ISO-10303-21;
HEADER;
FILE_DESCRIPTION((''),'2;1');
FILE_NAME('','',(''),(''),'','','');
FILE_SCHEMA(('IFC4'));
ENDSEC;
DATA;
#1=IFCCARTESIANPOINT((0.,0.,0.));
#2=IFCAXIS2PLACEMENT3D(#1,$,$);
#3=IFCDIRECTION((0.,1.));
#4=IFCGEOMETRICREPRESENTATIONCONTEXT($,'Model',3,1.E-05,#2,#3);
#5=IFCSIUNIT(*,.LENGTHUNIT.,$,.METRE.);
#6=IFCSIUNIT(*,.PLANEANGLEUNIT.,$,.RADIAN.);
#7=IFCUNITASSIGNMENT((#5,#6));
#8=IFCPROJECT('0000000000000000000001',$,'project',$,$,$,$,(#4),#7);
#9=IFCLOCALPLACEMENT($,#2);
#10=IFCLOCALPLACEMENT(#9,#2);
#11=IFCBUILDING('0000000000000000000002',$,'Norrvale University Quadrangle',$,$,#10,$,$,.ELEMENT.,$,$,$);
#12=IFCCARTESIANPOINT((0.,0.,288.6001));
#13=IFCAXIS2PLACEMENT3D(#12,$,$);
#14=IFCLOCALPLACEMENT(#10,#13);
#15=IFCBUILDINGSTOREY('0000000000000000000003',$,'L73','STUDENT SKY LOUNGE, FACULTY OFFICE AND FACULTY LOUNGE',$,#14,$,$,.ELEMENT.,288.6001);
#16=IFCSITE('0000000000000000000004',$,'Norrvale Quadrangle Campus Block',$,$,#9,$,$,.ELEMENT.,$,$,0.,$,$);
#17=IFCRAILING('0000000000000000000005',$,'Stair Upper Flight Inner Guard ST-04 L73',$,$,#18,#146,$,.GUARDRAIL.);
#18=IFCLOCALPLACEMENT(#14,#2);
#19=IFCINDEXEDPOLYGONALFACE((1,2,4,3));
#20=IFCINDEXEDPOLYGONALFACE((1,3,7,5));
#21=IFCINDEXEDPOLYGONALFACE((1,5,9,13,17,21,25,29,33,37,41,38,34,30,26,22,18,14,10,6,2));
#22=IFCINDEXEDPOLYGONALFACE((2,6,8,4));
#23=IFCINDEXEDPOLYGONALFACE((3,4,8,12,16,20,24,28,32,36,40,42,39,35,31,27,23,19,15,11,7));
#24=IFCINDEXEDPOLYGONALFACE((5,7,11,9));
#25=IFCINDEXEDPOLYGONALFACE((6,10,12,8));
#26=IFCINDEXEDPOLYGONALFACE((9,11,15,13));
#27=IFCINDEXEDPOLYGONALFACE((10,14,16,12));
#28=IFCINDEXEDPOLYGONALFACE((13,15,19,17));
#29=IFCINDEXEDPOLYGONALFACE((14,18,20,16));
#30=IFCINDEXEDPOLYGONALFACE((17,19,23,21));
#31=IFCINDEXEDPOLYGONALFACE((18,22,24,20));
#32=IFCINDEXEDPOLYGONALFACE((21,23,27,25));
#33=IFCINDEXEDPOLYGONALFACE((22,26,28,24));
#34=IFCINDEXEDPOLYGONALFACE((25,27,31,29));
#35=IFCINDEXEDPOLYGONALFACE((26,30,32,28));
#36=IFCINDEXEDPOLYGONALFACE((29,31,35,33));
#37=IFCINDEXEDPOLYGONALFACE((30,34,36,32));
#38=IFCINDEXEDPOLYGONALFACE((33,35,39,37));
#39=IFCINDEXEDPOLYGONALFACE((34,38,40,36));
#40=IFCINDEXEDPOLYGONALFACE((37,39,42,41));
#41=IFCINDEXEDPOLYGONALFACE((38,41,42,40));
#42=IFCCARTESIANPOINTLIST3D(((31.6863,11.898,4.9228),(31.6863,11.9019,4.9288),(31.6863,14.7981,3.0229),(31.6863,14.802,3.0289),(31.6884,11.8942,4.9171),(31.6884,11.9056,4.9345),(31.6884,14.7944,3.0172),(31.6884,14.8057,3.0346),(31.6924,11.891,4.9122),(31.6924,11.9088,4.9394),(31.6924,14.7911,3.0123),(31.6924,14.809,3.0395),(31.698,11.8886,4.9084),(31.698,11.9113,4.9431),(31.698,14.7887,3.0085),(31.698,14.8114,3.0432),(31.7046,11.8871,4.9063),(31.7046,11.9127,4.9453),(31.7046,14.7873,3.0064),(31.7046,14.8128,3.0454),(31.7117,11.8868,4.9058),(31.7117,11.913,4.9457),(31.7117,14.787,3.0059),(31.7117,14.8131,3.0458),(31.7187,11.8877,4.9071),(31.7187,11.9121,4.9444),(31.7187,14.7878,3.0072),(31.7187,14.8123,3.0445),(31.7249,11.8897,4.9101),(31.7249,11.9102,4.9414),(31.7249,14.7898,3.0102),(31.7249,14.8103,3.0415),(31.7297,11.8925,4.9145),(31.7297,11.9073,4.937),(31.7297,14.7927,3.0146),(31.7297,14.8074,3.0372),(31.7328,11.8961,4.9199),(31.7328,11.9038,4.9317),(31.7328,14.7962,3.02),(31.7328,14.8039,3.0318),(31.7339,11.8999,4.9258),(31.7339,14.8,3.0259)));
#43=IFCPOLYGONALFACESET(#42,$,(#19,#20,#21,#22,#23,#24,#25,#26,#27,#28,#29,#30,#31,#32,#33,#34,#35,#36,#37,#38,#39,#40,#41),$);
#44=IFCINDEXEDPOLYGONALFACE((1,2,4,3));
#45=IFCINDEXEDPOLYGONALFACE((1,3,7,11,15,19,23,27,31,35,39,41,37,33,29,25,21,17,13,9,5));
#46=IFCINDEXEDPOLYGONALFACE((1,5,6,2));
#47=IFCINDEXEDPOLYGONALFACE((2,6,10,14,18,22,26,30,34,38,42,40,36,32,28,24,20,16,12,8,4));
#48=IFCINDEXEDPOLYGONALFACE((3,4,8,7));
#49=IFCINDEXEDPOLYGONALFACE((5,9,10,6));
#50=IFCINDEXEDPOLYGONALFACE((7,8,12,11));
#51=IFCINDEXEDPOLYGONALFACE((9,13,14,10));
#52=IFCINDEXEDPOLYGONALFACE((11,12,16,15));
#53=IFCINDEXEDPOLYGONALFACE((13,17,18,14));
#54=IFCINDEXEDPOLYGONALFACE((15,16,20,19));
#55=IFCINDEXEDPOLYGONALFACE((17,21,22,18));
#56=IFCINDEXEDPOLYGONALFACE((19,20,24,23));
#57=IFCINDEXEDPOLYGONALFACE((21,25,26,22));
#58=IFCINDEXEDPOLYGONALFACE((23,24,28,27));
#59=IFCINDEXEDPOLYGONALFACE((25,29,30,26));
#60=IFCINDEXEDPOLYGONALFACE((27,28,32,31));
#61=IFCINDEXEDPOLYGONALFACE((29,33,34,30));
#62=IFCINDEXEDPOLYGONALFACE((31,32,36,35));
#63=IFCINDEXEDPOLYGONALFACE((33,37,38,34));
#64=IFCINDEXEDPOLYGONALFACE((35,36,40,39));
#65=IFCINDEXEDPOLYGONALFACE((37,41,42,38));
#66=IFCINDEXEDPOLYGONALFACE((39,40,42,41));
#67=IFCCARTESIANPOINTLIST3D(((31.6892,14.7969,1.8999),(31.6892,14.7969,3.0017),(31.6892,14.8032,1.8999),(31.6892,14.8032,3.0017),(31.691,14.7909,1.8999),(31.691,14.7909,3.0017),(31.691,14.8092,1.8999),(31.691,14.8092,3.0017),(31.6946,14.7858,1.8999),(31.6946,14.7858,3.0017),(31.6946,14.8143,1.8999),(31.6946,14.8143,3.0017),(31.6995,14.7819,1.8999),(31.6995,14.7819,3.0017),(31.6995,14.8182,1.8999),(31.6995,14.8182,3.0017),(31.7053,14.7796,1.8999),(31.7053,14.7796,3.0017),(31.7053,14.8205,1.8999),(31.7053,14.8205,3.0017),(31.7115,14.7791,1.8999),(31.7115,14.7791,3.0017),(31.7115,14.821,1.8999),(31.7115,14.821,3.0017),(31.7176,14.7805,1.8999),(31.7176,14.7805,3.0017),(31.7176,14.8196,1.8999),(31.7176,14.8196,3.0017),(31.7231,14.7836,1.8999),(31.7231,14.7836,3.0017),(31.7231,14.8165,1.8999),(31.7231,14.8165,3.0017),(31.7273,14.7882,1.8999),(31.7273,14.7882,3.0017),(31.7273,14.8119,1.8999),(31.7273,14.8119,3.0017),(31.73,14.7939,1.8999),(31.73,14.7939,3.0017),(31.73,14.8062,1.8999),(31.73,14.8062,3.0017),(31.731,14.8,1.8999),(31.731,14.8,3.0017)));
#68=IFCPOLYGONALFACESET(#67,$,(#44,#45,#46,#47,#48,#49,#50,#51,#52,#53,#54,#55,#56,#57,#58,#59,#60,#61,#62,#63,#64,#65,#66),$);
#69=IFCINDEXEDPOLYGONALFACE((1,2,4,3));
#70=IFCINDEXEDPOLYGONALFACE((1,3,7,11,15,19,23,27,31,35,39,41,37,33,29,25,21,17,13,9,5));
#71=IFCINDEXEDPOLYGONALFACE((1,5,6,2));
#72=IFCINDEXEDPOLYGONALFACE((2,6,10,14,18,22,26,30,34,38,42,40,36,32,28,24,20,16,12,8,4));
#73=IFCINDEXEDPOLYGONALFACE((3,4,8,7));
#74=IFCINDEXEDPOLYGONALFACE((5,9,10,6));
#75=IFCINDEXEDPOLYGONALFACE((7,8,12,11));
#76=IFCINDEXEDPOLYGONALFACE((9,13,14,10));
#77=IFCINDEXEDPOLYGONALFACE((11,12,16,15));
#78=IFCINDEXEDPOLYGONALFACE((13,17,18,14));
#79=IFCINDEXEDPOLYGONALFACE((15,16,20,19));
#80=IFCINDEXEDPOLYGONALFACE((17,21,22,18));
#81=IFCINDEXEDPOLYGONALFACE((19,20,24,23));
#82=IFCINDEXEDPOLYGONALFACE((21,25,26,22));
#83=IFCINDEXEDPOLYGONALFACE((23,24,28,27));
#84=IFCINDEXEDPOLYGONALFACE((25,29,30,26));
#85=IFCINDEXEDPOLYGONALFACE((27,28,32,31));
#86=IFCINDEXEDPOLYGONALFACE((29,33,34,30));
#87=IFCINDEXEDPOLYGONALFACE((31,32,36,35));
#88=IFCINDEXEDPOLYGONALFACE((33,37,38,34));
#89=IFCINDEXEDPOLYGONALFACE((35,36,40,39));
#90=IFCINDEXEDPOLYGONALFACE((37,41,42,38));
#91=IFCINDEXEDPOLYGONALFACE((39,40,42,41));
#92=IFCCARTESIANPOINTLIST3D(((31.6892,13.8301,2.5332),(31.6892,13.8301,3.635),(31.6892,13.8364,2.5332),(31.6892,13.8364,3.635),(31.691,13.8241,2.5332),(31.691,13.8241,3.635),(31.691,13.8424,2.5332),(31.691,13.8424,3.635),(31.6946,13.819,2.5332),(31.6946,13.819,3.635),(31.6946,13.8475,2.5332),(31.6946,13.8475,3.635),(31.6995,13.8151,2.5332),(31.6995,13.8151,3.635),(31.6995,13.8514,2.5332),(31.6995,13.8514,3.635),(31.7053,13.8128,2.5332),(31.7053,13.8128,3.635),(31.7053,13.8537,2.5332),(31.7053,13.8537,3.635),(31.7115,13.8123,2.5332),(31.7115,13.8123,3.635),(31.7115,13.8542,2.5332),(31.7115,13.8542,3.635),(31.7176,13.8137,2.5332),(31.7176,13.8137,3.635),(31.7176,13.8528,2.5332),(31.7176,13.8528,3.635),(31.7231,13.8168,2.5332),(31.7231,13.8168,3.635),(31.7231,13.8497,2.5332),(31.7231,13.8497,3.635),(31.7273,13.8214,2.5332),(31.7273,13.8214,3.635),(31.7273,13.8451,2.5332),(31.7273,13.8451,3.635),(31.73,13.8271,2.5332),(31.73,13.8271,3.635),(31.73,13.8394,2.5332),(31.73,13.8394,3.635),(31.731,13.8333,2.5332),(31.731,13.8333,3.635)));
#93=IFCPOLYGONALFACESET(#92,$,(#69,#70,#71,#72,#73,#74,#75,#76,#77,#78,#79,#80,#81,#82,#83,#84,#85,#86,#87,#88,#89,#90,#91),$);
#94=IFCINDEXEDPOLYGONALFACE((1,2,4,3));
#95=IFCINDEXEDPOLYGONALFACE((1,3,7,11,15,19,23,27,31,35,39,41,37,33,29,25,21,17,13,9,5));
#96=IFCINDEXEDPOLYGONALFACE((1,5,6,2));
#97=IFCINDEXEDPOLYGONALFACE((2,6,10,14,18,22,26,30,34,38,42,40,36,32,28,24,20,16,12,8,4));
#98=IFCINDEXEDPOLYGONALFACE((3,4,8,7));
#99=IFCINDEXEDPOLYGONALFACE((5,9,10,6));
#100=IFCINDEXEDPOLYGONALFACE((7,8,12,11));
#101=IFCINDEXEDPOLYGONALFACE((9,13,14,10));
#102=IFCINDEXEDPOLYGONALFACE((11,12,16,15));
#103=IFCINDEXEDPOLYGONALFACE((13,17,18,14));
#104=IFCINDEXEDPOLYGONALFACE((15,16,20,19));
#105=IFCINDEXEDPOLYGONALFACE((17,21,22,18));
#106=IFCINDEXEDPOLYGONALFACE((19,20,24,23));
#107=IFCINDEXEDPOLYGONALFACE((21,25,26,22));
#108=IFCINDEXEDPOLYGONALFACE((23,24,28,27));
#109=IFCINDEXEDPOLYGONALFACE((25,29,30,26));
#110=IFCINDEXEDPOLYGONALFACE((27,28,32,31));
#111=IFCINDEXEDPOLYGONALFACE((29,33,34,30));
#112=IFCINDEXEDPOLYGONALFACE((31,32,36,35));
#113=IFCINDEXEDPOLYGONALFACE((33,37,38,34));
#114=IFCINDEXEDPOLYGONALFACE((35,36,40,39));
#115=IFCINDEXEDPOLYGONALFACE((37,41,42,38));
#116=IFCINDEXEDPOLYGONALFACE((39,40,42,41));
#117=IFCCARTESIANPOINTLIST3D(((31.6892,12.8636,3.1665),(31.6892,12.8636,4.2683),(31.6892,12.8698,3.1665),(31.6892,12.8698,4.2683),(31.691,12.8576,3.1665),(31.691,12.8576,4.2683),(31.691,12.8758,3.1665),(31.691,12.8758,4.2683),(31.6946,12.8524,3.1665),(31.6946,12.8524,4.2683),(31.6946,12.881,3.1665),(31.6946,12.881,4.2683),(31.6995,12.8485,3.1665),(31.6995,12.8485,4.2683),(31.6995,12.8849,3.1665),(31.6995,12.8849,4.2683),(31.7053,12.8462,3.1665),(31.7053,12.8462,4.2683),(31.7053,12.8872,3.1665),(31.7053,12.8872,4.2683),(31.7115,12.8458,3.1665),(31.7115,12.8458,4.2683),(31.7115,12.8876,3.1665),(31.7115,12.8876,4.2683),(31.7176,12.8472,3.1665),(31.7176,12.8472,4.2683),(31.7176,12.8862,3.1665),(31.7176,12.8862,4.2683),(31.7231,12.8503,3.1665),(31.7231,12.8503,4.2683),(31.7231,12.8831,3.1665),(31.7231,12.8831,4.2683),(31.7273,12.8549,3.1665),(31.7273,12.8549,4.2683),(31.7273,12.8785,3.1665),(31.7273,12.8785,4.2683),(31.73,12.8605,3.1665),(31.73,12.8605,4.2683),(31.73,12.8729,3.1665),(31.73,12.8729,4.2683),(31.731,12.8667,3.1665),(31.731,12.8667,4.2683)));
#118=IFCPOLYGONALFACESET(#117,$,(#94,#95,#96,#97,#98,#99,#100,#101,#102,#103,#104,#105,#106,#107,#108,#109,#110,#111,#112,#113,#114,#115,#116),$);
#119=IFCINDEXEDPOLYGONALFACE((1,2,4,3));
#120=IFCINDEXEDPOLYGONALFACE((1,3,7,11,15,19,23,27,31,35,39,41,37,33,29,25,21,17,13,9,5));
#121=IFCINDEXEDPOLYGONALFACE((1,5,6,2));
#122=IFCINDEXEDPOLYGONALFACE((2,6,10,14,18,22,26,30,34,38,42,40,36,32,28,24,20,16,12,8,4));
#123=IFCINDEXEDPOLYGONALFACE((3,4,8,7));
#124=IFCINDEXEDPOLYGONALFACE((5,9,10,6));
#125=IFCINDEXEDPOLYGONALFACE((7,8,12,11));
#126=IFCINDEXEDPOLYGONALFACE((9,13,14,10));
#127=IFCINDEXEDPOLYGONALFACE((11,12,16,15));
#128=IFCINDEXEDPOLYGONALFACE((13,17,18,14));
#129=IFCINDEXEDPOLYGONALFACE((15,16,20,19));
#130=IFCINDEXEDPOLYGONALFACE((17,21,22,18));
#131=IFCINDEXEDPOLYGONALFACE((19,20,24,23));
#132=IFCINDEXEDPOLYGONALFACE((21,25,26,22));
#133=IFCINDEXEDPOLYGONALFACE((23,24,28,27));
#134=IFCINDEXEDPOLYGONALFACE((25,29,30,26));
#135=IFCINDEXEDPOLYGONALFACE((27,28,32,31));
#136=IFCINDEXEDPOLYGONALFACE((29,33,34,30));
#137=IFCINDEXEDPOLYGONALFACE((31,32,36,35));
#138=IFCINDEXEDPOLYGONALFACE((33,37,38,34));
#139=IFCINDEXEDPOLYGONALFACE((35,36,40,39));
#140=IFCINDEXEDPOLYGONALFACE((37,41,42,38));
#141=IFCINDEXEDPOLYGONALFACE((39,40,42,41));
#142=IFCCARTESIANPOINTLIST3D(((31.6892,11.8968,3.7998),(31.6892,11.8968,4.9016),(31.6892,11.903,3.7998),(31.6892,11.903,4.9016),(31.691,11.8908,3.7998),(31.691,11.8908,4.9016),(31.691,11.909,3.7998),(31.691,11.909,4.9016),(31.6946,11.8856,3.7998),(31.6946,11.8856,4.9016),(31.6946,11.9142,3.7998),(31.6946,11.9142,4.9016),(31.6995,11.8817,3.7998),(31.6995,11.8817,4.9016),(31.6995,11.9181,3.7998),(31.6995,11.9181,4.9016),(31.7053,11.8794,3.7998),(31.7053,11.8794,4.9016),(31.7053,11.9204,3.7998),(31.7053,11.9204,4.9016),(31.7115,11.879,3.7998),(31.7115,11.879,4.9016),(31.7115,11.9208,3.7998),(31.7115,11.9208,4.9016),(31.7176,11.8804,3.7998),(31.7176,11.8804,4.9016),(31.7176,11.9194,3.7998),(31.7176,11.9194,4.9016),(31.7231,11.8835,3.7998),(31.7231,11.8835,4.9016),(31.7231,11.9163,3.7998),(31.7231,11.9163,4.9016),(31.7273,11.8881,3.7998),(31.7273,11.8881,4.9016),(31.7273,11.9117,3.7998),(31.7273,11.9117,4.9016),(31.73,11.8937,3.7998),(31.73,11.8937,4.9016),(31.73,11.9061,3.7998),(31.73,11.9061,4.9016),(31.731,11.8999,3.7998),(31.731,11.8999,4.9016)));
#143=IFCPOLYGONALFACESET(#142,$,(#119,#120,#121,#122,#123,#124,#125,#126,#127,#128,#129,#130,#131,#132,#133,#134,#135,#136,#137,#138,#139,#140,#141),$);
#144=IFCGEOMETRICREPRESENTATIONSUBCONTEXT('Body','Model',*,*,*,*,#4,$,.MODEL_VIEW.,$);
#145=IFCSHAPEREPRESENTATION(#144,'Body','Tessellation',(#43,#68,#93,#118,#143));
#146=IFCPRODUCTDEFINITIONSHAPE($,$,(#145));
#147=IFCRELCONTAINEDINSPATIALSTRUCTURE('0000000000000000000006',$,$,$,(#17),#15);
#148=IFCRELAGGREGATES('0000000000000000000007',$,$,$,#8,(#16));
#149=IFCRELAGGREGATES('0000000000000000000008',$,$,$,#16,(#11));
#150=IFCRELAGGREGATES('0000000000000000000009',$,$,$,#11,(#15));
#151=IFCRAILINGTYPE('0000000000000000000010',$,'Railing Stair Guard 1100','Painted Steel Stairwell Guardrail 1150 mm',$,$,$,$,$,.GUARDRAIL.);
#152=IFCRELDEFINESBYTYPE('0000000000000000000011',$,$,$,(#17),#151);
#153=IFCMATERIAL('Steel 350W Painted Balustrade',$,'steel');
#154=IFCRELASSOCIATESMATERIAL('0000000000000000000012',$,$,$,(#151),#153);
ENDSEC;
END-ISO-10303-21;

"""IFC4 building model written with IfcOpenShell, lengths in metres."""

from ifc_helpers import new_model, si_unit, direction, frame, origin, origin_2d, place, context, subcontext, project, spatial, circle, extrude, material, type_object, element, save


model = new_model("IFC4")

# Units and contexts
model_context = context("Model", 3, precision=1e-05, world=origin(), true_north=direction((0.0, 1.0)))
body_context = subcontext(model_context, "Body", "Model", "MODEL_VIEW")
ifc_project = project(units=[si_unit("LENGTHUNIT", "METRE"), si_unit("PLANEANGLEUNIT", "RADIAN")], contexts=[model_context])

# Site, building, storey
site_placement = place(None, origin())
site = spatial("IfcSite", under=ifc_project, at=site_placement, Name="Norrvale Quadrangle Campus Block", CompositionType="ELEMENT", RefElevation=0.0)
building_placement = place(site_placement, origin())
building = spatial("IfcBuilding", under=site, at=building_placement, Name="Norrvale University Quadrangle", CompositionType="ELEMENT")
storey_placement = place(building_placement, frame((0.0, 0.0, 288.6001)))
storey = spatial("IfcBuildingStorey", under=building, at=storey_placement, Name="L73", Description="STUDENT SKY LOUNGE, FACULTY OFFICE AND FACULTY LOUNGE", CompositionType="ELEMENT", Elevation=288.6001)

# Railing
ifc_material_1 = material(Name="Steel 350W Painted Balustrade", Category="steel")
railing_type_1 = type_object("IfcRailingType", Name="Railing Stair Guard 1100", Description="Painted Steel Stairwell Guardrail 1150 mm", PredefinedType="GUARDRAIL", material=ifc_material_1)
railing_1_placement = place(storey_placement, frame((31.71, 14.8, 1.8999)))
element("IfcRailing", 1, at=railing_1_placement, inside=storey, type_object=railing_type_1, Name="Stair Upper Flight Inner Guard ST-04 L73", PredefinedType="GUARDRAIL", context=body_context, shape_type="SweptSolid", body=[
    extrude(circle(Radius=0.0239, at=origin_2d()), frame((0.0, 0.0, 1.126), z_axis=(0.0, -0.836487, 0.547987), x_axis=(1.0, 0.0, 0.0)), (0.0, 0.0, 1.0), 3.467),
    extrude(circle(Radius=0.021, at=origin_2d()), origin(), (0.0, 0.0, 1.0), 1.1018),
    extrude(circle(Radius=0.021, at=origin_2d()), frame((0.0, -0.9668, 0.6333)), (0.0, 0.0, 1.0), 1.1018),
    extrude(circle(Radius=0.021, at=origin_2d()), frame((0.0, -1.9333, 1.2666)), (0.0, 0.0, 1.0), 1.1018),
    extrude(circle(Radius=0.021, at=origin_2d()), frame((0.0, -2.9001, 1.8999)), (0.0, 0.0, 1.0), 1.1018),
])

save(model, "model.ifc")
